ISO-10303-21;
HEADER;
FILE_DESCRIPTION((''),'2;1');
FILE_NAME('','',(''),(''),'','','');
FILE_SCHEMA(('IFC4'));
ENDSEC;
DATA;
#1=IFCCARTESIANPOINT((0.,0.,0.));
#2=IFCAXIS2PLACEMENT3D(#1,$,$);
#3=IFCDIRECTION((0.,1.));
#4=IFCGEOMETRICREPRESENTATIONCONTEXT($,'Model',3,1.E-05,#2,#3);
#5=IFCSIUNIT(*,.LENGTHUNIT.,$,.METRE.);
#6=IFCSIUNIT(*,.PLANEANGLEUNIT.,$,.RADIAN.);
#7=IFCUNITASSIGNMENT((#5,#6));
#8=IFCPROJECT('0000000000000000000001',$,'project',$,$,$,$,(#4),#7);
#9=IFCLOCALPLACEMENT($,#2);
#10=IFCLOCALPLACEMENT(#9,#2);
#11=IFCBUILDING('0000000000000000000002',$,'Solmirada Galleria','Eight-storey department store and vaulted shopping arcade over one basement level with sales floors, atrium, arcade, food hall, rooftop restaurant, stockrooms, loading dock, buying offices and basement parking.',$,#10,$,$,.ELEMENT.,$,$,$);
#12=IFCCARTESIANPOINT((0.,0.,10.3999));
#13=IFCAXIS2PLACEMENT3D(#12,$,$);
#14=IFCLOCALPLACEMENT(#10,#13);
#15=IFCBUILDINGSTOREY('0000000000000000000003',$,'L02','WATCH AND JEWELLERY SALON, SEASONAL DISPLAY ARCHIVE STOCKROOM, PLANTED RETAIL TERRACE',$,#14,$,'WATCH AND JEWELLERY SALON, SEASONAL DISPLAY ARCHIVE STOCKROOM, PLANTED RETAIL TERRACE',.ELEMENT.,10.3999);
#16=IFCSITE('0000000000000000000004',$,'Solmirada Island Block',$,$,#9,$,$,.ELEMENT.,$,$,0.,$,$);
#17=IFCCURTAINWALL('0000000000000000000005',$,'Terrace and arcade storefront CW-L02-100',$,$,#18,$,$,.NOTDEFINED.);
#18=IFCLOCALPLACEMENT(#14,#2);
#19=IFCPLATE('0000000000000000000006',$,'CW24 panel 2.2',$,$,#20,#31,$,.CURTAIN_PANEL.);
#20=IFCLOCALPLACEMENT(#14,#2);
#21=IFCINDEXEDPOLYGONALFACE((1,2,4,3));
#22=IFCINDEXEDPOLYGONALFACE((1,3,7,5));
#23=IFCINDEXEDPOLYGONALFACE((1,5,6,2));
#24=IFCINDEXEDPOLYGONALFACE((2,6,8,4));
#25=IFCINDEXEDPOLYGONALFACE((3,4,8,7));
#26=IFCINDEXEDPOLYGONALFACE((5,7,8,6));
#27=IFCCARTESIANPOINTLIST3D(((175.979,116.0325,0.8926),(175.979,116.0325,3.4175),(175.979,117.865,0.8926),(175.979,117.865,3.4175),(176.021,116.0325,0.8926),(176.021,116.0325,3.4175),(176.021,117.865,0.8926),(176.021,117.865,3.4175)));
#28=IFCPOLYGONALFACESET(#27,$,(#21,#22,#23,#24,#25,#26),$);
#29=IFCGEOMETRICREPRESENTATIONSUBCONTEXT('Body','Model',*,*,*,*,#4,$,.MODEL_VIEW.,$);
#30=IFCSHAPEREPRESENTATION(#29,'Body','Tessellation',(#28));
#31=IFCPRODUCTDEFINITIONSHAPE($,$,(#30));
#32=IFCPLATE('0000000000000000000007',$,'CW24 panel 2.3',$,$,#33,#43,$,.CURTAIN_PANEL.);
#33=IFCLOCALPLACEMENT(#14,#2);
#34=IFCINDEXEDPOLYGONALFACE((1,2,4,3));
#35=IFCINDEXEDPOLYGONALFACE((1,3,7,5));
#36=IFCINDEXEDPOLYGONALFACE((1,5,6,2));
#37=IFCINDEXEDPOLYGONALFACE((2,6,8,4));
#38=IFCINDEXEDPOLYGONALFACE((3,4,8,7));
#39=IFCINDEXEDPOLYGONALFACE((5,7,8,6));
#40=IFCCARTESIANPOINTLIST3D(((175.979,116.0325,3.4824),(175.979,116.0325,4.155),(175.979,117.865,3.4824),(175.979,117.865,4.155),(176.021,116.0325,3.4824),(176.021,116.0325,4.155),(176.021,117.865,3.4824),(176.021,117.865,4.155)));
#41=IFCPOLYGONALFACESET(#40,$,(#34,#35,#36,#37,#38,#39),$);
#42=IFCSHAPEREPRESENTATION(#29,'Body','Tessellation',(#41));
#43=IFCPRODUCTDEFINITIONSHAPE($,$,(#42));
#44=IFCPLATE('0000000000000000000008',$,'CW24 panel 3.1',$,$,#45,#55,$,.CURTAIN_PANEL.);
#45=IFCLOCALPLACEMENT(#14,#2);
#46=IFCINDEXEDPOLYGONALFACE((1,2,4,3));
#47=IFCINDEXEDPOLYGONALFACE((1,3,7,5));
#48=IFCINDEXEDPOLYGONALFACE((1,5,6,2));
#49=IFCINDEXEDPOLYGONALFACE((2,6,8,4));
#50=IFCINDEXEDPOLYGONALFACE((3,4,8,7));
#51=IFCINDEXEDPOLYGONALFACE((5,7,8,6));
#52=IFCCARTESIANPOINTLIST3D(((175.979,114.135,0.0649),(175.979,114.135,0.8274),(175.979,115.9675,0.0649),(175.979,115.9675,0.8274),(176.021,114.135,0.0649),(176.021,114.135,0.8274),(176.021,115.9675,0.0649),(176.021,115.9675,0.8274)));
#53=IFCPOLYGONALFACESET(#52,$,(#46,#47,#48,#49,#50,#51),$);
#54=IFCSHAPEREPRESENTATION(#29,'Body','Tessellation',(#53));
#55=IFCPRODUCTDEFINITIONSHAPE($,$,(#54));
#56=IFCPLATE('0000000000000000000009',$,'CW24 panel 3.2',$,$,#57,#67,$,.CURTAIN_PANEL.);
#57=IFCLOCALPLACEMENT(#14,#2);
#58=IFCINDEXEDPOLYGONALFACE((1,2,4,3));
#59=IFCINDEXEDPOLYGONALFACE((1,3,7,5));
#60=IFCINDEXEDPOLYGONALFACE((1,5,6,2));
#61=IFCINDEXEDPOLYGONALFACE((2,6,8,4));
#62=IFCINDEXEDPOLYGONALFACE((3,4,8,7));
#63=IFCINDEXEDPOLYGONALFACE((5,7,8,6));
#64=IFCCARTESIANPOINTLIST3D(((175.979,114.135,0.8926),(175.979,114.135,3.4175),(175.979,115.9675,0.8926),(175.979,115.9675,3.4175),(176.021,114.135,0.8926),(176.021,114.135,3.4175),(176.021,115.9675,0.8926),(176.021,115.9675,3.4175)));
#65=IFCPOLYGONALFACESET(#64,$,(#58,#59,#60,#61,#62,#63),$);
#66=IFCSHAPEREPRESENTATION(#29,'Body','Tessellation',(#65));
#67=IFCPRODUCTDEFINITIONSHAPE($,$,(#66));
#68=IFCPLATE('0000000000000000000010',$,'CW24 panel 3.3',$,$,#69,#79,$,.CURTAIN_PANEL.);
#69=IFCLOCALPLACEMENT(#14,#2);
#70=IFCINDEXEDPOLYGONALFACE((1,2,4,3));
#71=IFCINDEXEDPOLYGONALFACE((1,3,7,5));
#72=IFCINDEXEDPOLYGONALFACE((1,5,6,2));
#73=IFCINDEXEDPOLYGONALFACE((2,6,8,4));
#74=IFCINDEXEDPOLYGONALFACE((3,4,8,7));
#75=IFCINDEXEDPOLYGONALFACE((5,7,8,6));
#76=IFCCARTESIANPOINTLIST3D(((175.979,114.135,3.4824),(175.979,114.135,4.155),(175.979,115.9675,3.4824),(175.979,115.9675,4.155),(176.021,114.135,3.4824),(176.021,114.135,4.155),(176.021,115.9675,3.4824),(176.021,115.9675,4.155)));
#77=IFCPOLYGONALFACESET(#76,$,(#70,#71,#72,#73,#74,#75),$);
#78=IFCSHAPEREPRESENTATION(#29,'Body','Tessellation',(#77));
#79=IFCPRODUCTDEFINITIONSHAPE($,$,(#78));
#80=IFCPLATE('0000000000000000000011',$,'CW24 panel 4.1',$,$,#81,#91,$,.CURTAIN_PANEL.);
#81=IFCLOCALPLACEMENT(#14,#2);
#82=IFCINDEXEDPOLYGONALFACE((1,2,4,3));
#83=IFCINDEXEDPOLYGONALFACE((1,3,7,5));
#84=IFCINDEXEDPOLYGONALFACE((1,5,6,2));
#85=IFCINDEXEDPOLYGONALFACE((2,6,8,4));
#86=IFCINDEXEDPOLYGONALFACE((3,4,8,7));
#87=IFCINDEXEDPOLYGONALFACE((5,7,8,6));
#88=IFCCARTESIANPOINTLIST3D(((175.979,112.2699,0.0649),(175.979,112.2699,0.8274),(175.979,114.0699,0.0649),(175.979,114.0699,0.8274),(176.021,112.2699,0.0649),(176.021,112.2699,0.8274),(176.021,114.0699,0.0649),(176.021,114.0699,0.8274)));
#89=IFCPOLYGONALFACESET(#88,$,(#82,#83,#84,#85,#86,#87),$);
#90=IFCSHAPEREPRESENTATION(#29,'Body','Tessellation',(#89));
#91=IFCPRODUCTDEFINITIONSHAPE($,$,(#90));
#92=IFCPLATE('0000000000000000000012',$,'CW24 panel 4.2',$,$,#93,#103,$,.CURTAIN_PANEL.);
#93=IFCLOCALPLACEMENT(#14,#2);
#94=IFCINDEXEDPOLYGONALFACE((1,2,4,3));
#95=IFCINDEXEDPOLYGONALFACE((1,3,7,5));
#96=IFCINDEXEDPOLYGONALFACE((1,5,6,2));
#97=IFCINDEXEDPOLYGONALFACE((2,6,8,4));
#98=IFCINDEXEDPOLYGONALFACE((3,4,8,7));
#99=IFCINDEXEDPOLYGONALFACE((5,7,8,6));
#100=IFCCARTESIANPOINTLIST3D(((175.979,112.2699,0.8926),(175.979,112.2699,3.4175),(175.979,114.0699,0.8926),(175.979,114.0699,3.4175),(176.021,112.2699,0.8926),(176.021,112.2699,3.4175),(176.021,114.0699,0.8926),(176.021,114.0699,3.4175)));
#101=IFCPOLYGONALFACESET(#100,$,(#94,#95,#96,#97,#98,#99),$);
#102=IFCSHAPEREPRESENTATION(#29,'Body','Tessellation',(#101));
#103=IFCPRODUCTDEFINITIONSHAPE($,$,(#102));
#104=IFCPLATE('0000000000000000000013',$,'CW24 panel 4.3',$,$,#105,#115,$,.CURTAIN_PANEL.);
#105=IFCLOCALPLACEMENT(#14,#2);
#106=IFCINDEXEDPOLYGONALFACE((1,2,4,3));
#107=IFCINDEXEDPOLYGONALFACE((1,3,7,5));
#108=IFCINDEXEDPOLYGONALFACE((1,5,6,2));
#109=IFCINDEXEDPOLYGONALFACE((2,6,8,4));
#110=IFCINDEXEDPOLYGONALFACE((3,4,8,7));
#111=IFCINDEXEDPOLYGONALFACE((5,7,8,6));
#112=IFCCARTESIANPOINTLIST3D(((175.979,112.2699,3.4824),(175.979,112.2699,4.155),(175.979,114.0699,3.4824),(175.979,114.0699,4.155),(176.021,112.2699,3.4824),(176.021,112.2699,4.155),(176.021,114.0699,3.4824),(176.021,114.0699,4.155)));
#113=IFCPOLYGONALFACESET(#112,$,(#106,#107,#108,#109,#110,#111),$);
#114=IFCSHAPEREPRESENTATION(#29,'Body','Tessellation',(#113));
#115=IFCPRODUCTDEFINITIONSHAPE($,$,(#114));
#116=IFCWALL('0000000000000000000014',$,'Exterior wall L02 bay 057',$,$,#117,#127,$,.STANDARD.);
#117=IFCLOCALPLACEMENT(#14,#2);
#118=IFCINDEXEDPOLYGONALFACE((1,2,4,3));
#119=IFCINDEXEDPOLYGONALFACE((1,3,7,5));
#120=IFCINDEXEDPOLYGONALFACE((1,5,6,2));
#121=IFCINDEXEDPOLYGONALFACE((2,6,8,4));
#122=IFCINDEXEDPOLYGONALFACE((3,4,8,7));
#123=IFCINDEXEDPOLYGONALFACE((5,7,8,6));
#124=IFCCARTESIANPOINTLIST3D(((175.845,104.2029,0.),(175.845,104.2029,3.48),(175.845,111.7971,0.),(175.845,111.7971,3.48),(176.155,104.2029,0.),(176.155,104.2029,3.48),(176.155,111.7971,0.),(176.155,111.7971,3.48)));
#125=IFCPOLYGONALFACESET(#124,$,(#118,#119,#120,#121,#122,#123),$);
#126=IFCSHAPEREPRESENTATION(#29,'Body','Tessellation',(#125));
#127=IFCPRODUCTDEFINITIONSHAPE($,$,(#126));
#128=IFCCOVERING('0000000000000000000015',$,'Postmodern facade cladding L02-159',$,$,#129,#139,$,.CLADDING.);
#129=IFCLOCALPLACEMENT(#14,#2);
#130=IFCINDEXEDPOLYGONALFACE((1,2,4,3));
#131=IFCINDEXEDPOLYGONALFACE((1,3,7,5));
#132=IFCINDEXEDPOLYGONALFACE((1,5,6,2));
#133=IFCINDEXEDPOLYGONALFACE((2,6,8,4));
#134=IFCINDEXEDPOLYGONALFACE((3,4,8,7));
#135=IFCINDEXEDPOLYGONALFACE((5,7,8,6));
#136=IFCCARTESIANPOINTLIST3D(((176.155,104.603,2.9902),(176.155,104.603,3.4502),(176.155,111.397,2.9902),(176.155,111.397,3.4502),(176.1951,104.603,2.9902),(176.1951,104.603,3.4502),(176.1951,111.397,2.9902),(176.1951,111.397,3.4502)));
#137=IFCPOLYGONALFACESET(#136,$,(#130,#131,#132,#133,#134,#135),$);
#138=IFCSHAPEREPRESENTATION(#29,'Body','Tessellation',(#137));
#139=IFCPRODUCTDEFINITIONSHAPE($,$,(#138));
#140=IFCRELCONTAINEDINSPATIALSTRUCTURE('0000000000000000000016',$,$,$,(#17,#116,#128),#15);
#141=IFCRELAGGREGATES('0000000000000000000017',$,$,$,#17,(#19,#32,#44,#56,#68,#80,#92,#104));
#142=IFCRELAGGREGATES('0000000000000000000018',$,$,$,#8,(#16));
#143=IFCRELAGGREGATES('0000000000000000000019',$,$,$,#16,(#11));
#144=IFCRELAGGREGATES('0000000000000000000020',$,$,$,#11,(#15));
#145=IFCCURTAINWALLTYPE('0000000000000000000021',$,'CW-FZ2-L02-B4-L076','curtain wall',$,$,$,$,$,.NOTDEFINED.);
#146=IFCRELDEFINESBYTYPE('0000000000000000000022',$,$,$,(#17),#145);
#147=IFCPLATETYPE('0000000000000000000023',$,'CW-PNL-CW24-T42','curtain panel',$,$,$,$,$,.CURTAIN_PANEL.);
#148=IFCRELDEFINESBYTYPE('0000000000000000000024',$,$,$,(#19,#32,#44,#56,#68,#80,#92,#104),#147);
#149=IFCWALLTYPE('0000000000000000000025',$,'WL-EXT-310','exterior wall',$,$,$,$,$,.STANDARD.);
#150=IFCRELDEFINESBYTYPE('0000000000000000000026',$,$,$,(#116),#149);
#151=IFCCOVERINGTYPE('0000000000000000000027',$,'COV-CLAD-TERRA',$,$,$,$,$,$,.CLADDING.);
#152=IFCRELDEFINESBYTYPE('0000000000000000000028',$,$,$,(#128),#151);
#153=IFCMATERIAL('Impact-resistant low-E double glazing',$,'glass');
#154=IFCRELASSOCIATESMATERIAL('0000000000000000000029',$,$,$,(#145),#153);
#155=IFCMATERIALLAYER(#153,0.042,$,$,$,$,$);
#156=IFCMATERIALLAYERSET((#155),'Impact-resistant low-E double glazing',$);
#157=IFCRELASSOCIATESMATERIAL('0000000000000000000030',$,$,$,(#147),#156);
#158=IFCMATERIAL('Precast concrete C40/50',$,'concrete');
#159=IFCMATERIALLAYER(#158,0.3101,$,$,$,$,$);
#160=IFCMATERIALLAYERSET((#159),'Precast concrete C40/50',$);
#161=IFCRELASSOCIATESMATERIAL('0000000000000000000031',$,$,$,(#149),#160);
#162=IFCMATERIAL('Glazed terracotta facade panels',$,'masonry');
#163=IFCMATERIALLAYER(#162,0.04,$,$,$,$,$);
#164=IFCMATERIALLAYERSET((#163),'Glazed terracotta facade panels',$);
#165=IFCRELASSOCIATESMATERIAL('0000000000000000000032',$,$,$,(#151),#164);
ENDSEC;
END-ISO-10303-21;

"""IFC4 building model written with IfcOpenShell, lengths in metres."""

from ifc_helpers import new_model, si_unit, direction, frame, frame_2d, origin, origin_2d, place, context, subcontext, project, spatial, rectangle, extrude, material, layer, layer_set, type_object, element, aggregate, save


model = new_model("IFC4")

# Units and contexts
model_context = context("Model", 3, precision=1e-05, world=origin(), true_north=direction((0.0, 1.0)))
body_context = subcontext(model_context, "Body", "Model", "MODEL_VIEW")
ifc_project = project(units=[si_unit("LENGTHUNIT", "METRE"), si_unit("PLANEANGLEUNIT", "RADIAN")], contexts=[model_context])

# Site, building, storey
site_placement = place(None, origin())
site = spatial("IfcSite", under=ifc_project, at=site_placement, Name="Solmirada Island Block", CompositionType="ELEMENT", RefElevation=0.0)
building_placement = place(site_placement, origin())
building = spatial("IfcBuilding", under=site, at=building_placement, Name="Solmirada Galleria", Description="Eight-storey department store and vaulted shopping arcade over one basement level with sales floors, atrium, arcade, food hall, rooftop restaurant, stockrooms, loading dock, buying offices and basement parking.", CompositionType="ELEMENT")
storey_placement = place(building_placement, frame((0.0, 0.0, 10.3999)))
storey = spatial("IfcBuildingStorey", under=building, at=storey_placement, Name="L02", Description="WATCH AND JEWELLERY SALON, SEASONAL DISPLAY ARCHIVE STOCKROOM, PLANTED RETAIL TERRACE", LongName="WATCH AND JEWELLERY SALON, SEASONAL DISPLAY ARCHIVE STOCKROOM, PLANTED RETAIL TERRACE", CompositionType="ELEMENT", Elevation=10.3999)

# Curtain wall, plates
ifc_material_1 = material(Name="Impact-resistant low-E double glazing", Category="glass")
curtain_wall_type = type_object("IfcCurtainWallType", Name="CW-FZ2-L02-B4-L076", Description="curtain wall", PredefinedType="NOTDEFINED", material=ifc_material_1)
curtain_wall_placement = place(storey_placement, origin())
curtain_wall = element("IfcCurtainWall", 1, at=curtain_wall_placement, inside=storey, type_object=curtain_wall_type, Name="Terrace and arcade storefront CW-L02-100", PredefinedType="NOTDEFINED")
ifc_layer_1 = layer(ifc_material_1, 0.042)
ifc_layer_set_1 = layer_set([ifc_layer_1], Name="Impact-resistant low-E double glazing")
plate_type = type_object("IfcPlateType", Name="CW-PNL-CW24-T42", Description="curtain panel", PredefinedType="CURTAIN_PANEL", material=ifc_layer_set_1)
plate_1_placement = place(storey_placement, frame((176.0, 116.9487, 0.8926), z_axis=(0.0, 0.0, 1.0), x_axis=(0.0, -1.0, 0.0)))
plate_1 = element("IfcPlate", 2, at=plate_1_placement, type_object=plate_type, Name="CW24 panel 2.2", PredefinedType="CURTAIN_PANEL", context=body_context, shape_type="SweptSolid", body=[
    extrude(rectangle(XDim=1.8325, YDim=0.042, at=origin_2d()), origin(), (0.0, 0.0, 1.0), 2.5249),
])
plate_2_placement = place(storey_placement, frame((176.0, 116.9487, 3.4824), z_axis=(0.0, 0.0, 1.0), x_axis=(0.0, -1.0, 0.0)))
plate_2 = element("IfcPlate", 3, at=plate_2_placement, type_object=plate_type, Name="CW24 panel 2.3", PredefinedType="CURTAIN_PANEL", context=body_context, shape_type="SweptSolid", body=[
    extrude(rectangle(XDim=1.8325, YDim=0.042, at=origin_2d()), origin(), (0.0, 0.0, 1.0), 0.6726),
])
plate_3_placement = place(storey_placement, frame((176.0, 115.0513, 0.0649), z_axis=(0.0, 0.0, 1.0), x_axis=(0.0, -1.0, 0.0)))
plate_3 = element("IfcPlate", 4, at=plate_3_placement, type_object=plate_type, Name="CW24 panel 3.1", PredefinedType="CURTAIN_PANEL", context=body_context, shape_type="SweptSolid", body=[
    extrude(rectangle(XDim=1.8325, YDim=0.042, at=origin_2d()), origin(), (0.0, 0.0, 1.0), 0.7625),
])
plate_4_placement = place(storey_placement, frame((176.0, 115.0513, 0.8926), z_axis=(0.0, 0.0, 1.0), x_axis=(0.0, -1.0, 0.0)))
plate_4 = element("IfcPlate", 5, at=plate_4_placement, type_object=plate_type, Name="CW24 panel 3.2", PredefinedType="CURTAIN_PANEL", context=body_context, shape_type="SweptSolid", body=[
    extrude(rectangle(XDim=1.8325, YDim=0.042, at=origin_2d()), origin(), (0.0, 0.0, 1.0), 2.5249),
])
plate_5_placement = place(storey_placement, frame((176.0, 115.0513, 3.4824), z_axis=(0.0, 0.0, 1.0), x_axis=(0.0, -1.0, 0.0)))
plate_5 = element("IfcPlate", 6, at=plate_5_placement, type_object=plate_type, Name="CW24 panel 3.3", PredefinedType="CURTAIN_PANEL", context=body_context, shape_type="SweptSolid", body=[
    extrude(rectangle(XDim=1.8325, YDim=0.042, at=origin_2d()), origin(), (0.0, 0.0, 1.0), 0.6726),
])
plate_6_placement = place(storey_placement, frame((176.0, 113.1699, 0.0649), z_axis=(0.0, 0.0, 1.0), x_axis=(0.0, -1.0, 0.0)))
plate_6 = element("IfcPlate", 7, at=plate_6_placement, type_object=plate_type, Name="CW24 panel 4.1", PredefinedType="CURTAIN_PANEL", context=body_context, shape_type="SweptSolid", body=[
    extrude(rectangle(XDim=1.8, YDim=0.042, at=origin_2d()), origin(), (0.0, 0.0, 1.0), 0.7625),
])
plate_7_placement = place(storey_placement, frame((176.0, 113.1699, 0.8926), z_axis=(0.0, 0.0, 1.0), x_axis=(0.0, -1.0, 0.0)))
plate_7 = element("IfcPlate", 8, at=plate_7_placement, type_object=plate_type, Name="CW24 panel 4.2", PredefinedType="CURTAIN_PANEL", context=body_context, shape_type="SweptSolid", body=[
    extrude(rectangle(XDim=1.8, YDim=0.042, at=origin_2d()), origin(), (0.0, 0.0, 1.0), 2.5249),
])
plate_8_placement = place(storey_placement, frame((176.0, 113.1699, 3.4824), z_axis=(0.0, 0.0, 1.0), x_axis=(0.0, -1.0, 0.0)))
plate_8 = element("IfcPlate", 9, at=plate_8_placement, type_object=plate_type, Name="CW24 panel 4.3", PredefinedType="CURTAIN_PANEL", context=body_context, shape_type="SweptSolid", body=[
    extrude(rectangle(XDim=1.8, YDim=0.042, at=origin_2d()), origin(), (0.0, 0.0, 1.0), 0.6726),
])
aggregate(curtain_wall, [plate_1, plate_2, plate_3, plate_4, plate_5, plate_6, plate_7, plate_8])

# Wall
ifc_material_2 = material(Name="Precast concrete C40/50", Category="concrete")
ifc_layer_2 = layer(ifc_material_2, 0.3101)
ifc_layer_set_2 = layer_set([ifc_layer_2], Name="Precast concrete C40/50")
wall_type = type_object("IfcWallType", Name="WL-EXT-310", Description="exterior wall", PredefinedType="STANDARD", material=ifc_layer_set_2)
wall_placement = place(storey_placement, frame((176.0, 111.7971, 0.0), z_axis=(0.0, 0.0, 1.0), x_axis=(0.0, -1.0, 0.0)))
element("IfcWall", 10, at=wall_placement, inside=storey, type_object=wall_type, Name="Exterior wall L02 bay 057", PredefinedType="STANDARD", context=body_context, shape_type="SweptSolid", body=[
    extrude(rectangle(XDim=7.5942, YDim=0.3101, at=frame_2d((3.7971, 0.0))), origin(), (0.0, 0.0, 1.0), 3.48),
])

# Covering
ifc_material_3 = material(Name="Glazed terracotta facade panels", Category="masonry")
ifc_layer_3 = layer(ifc_material_3, 0.04)
ifc_layer_set_3 = layer_set([ifc_layer_3], Name="Glazed terracotta facade panels")
covering_type = type_object("IfcCoveringType", Name="COV-CLAD-TERRA", PredefinedType="CLADDING", material=ifc_layer_set_3)
covering_placement = place(storey_placement, frame((176.175, 108.0, 2.9902), z_axis=(0.0, 0.0, 1.0), x_axis=(0.0, -1.0, 0.0)))
element("IfcCovering", 11, at=covering_placement, inside=storey, type_object=covering_type, Name="Postmodern facade cladding L02-159", PredefinedType="CLADDING", context=body_context, shape_type="SweptSolid", body=[
    extrude(rectangle(XDim=6.7939, YDim=0.04, at=origin_2d()), origin(), (0.0, 0.0, 1.0), 0.46),
])

save(model, "model.ifc")
